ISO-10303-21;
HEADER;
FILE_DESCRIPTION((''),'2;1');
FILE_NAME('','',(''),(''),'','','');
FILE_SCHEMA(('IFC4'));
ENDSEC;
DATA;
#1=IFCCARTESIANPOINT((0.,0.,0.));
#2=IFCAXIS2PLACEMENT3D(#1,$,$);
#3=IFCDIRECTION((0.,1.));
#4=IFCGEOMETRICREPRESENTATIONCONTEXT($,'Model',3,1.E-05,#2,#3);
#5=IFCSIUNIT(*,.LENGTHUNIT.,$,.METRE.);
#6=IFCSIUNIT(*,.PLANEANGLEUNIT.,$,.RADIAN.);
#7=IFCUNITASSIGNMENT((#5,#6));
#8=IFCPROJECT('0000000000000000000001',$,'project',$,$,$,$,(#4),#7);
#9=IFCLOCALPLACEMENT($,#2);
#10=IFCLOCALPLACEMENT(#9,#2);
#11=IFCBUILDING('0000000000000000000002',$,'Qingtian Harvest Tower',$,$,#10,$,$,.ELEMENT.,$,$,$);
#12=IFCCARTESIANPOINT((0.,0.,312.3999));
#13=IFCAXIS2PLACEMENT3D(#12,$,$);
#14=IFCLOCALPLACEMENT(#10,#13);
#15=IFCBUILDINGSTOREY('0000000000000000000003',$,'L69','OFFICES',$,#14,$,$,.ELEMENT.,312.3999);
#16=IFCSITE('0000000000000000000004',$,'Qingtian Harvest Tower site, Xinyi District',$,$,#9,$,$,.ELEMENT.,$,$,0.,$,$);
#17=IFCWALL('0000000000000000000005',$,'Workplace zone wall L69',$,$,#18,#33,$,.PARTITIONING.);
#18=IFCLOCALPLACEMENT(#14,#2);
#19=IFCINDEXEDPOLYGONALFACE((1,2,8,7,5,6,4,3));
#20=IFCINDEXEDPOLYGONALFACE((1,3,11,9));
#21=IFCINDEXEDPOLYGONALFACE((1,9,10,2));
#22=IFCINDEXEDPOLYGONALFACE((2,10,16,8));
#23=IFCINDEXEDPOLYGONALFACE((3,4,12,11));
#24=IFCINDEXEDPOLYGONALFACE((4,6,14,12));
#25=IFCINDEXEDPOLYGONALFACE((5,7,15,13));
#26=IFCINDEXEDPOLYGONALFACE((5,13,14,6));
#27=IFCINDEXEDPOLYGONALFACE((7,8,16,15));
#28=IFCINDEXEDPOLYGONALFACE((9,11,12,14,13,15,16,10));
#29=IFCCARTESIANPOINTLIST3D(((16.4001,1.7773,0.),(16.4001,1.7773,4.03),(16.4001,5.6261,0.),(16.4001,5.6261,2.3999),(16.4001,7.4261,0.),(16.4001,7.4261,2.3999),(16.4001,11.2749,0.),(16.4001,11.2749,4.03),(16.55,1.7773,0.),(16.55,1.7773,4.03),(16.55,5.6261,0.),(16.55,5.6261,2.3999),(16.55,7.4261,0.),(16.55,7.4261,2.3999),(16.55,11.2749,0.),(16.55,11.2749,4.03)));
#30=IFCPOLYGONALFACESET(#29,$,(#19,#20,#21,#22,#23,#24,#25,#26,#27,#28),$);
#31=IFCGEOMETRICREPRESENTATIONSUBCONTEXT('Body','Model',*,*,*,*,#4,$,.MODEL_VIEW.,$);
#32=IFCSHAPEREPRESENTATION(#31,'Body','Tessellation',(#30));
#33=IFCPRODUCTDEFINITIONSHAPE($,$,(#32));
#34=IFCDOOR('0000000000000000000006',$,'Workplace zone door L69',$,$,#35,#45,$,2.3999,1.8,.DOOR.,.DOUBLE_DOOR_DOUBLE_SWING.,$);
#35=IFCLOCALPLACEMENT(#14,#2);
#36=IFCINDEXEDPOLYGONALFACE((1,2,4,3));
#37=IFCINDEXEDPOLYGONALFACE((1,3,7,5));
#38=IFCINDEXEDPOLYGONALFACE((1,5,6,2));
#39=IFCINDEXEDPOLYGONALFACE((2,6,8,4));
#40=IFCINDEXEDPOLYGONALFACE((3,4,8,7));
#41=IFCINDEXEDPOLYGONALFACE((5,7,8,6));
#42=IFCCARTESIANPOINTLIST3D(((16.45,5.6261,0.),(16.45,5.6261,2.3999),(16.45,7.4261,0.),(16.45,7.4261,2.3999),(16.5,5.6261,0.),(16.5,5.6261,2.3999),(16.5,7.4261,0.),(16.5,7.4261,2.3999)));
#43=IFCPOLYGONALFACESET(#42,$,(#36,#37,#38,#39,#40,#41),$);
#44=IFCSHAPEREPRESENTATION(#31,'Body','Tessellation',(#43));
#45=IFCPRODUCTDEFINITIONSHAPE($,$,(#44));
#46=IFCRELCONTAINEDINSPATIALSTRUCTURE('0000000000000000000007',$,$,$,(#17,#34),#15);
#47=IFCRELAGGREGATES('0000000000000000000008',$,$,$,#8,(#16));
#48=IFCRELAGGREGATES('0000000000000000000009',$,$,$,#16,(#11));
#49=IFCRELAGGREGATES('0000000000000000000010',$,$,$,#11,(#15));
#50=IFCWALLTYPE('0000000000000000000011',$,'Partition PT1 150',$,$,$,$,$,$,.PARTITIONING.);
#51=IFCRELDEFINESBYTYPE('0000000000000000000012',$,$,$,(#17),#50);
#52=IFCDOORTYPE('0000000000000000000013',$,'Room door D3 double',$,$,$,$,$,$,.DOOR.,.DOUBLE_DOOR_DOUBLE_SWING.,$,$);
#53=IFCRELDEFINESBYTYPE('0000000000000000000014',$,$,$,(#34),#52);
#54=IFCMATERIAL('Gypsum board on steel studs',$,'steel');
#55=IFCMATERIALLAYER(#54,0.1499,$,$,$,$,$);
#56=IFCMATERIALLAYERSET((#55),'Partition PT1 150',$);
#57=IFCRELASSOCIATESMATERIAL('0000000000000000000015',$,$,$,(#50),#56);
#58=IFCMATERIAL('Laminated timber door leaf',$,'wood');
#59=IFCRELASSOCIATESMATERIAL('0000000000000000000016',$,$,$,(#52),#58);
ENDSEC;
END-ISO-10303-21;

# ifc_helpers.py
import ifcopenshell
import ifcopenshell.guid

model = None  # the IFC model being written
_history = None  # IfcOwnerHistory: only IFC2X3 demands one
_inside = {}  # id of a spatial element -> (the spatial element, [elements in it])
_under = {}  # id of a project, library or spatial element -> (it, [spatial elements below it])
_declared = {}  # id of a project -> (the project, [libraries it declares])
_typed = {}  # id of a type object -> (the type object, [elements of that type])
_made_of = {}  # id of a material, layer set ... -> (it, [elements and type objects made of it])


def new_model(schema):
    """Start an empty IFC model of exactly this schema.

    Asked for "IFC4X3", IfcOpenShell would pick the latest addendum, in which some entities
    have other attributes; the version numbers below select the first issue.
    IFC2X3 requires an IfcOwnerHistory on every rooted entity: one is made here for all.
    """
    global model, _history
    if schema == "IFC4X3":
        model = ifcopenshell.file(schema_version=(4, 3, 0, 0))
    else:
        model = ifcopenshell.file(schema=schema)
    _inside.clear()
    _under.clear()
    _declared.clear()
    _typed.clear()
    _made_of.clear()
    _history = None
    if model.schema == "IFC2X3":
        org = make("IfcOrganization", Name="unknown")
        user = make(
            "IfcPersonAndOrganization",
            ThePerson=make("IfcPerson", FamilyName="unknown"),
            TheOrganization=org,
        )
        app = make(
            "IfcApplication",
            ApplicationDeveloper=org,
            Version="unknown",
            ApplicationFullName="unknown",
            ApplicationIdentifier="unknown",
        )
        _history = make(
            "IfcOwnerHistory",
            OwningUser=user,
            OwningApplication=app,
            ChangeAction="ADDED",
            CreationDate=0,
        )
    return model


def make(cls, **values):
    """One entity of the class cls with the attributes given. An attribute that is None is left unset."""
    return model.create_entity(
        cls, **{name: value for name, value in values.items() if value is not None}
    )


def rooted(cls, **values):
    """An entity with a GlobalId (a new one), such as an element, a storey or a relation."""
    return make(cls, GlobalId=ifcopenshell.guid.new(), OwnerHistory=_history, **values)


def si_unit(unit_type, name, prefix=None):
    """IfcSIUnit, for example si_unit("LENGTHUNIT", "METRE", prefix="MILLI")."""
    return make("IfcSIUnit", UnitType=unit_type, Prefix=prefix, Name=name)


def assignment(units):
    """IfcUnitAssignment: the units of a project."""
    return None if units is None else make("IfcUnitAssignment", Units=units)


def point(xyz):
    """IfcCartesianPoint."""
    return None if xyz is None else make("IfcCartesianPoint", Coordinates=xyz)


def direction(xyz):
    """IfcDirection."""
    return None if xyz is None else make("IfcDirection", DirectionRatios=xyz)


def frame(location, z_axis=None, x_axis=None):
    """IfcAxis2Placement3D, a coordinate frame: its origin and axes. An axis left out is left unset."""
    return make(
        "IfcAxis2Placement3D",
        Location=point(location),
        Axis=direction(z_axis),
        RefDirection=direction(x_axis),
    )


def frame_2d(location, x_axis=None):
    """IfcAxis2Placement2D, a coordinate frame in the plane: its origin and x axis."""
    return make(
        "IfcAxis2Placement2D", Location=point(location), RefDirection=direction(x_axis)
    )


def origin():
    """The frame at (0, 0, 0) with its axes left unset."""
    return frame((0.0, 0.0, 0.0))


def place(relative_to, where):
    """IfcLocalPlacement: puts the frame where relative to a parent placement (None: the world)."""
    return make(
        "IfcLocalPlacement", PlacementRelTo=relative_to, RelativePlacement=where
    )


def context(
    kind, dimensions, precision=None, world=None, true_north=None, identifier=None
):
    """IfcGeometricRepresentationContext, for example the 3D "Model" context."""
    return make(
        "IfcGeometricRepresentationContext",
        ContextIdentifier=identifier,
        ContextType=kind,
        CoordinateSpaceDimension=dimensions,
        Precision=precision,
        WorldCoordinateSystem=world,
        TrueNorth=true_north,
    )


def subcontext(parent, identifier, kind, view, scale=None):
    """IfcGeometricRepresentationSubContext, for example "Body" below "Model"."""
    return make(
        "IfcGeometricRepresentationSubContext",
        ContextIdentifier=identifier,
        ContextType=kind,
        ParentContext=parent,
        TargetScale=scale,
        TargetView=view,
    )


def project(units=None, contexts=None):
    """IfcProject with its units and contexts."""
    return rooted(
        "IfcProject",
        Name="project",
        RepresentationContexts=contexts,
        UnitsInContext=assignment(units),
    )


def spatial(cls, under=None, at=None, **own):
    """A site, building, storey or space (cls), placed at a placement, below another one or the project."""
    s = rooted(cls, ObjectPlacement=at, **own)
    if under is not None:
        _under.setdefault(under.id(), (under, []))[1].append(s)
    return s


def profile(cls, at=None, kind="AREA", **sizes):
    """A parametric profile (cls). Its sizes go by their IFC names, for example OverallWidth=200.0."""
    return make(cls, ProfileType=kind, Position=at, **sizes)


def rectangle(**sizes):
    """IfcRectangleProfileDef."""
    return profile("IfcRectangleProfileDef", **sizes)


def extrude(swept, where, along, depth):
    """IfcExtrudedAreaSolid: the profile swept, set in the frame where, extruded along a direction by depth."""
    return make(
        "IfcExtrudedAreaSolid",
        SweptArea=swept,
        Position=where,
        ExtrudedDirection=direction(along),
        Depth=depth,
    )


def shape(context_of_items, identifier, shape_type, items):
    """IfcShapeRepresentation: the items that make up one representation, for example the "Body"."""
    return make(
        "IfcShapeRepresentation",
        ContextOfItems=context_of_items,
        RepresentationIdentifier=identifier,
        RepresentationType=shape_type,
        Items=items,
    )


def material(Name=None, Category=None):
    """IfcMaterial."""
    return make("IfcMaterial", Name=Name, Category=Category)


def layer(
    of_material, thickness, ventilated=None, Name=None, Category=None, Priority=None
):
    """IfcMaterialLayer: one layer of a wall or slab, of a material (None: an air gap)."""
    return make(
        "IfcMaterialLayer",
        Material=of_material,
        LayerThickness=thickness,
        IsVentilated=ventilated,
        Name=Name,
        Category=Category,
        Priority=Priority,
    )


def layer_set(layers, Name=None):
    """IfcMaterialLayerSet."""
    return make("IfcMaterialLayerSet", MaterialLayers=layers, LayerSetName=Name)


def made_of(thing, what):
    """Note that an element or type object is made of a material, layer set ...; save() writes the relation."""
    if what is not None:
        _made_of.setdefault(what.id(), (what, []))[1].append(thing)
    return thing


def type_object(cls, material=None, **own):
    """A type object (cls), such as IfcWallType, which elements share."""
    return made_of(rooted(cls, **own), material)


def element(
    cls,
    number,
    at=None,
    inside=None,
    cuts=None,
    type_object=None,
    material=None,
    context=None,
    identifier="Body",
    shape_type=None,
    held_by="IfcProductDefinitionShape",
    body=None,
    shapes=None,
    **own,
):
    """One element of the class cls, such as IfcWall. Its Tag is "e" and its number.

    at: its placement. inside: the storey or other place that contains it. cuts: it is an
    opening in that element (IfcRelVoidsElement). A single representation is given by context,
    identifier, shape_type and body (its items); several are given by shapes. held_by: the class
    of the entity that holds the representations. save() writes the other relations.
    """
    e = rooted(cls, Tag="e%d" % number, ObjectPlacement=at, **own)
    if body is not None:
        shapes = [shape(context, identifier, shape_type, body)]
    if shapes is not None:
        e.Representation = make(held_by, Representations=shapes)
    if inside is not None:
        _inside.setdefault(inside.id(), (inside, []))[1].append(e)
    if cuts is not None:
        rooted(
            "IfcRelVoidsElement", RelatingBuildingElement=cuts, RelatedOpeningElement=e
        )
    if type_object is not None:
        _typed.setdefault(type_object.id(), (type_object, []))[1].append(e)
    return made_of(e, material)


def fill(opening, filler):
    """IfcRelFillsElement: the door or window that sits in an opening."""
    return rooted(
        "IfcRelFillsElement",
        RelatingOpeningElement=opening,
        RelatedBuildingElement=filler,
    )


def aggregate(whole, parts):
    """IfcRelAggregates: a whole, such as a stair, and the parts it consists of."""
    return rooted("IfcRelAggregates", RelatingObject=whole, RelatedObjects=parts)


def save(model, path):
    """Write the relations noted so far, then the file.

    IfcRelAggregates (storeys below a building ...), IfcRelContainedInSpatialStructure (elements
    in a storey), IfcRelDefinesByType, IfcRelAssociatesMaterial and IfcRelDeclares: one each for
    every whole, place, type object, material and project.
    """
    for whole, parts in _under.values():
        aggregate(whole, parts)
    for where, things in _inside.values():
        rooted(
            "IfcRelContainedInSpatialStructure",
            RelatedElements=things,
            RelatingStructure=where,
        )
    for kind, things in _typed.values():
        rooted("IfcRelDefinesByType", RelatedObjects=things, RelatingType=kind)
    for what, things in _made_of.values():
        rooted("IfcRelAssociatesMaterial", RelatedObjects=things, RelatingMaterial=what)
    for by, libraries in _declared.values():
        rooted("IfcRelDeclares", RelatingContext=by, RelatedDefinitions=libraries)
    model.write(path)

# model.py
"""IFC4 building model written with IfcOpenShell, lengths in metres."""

from ifc_helpers import new_model, si_unit, direction, frame, frame_2d, origin, place, context, subcontext, project, spatial, rectangle, extrude, material, layer, layer_set, type_object, element, fill, save


model = new_model("IFC4")

# Units and contexts
model_context = context("Model", 3, precision=1e-05, world=origin(), true_north=direction((0.0, 1.0)))
body_context = subcontext(model_context, "Body", "Model", "MODEL_VIEW")
ifc_project = project(units=[si_unit("LENGTHUNIT", "METRE"), si_unit("PLANEANGLEUNIT", "RADIAN")], contexts=[model_context])

# Site, building, storey
site_placement = place(None, origin())
site = spatial("IfcSite", under=ifc_project, at=site_placement, Name="Qingtian Harvest Tower site, Xinyi District", CompositionType="ELEMENT", RefElevation=0.0)
building_placement = place(site_placement, origin())
building = spatial("IfcBuilding", under=site, at=building_placement, Name="Qingtian Harvest Tower", CompositionType="ELEMENT")
storey_placement = place(building_placement, frame((0.0, 0.0, 312.3999)))
storey = spatial("IfcBuildingStorey", under=building, at=storey_placement, Name="L69", Description="OFFICES", CompositionType="ELEMENT", Elevation=312.3999)

# Shared definitions
ifc_material_1 = material(Name="Gypsum board on steel studs", Category="steel")
ifc_layer_1 = layer(ifc_material_1, 0.1499)
ifc_layer_set_1 = layer_set([ifc_layer_1], Name="Partition PT1 150")
wall_type = type_object("IfcWallType", Name="Partition PT1 150", PredefinedType="PARTITIONING", material=ifc_layer_set_1)

# Wall, opening, door
wall_1_placement = place(storey_placement, frame((16.4751, 11.2749, 0.0), z_axis=(0.0, 0.0, 1.0), x_axis=(0.0, -1.0, 0.0)))
wall_1 = element("IfcWall", 1, at=wall_1_placement, inside=storey, type_object=wall_type, Name="Workplace zone wall L69", PredefinedType="PARTITIONING", context=body_context, shape_type="SweptSolid", body=[
    extrude(rectangle(XDim=9.4976, YDim=0.1499, at=frame_2d((4.7488, 0.0))), origin(), (0.0, 0.0, 1.0), 4.03),
])
opening_placement = place(wall_1_placement, frame((3.8489, 0.0, 0.0)))
opening = element("IfcOpeningElement", 2, at=opening_placement, cuts=wall_1, PredefinedType="OPENING", context=body_context, shape_type="SweptSolid", body=[
    extrude(rectangle(XDim=1.8, YDim=2.3999, at=frame_2d((0.8999, 1.2))), frame((0.0, 0.085, 0.0), z_axis=(0.0, -1.0, 0.0), x_axis=(1.0, 0.0, 0.0)), (0.0, 0.0, 1.0), 0.1699),
])
ifc_material_2 = material(Name="Laminated timber door leaf", Category="wood")
door_type = type_object("IfcDoorType", Name="Room door D3 double", OperationType="DOUBLE_DOOR_DOUBLE_SWING", PredefinedType="DOOR", material=ifc_material_2)
door_placement = place(opening_placement, origin())
door = element("IfcDoor", 3, at=door_placement, inside=storey, type_object=door_type, Name="Workplace zone door L69", OperationType="DOUBLE_DOOR_DOUBLE_SWING", OverallHeight=2.3999, OverallWidth=1.8, PredefinedType="DOOR", context=body_context, shape_type="SweptSolid", body=[
    extrude(rectangle(XDim=1.8, YDim=2.3999, at=frame_2d((0.8999, 1.2))), frame((0.0, 0.0249, 0.0), z_axis=(0.0, -1.0, 0.0), x_axis=(1.0, 0.0, 0.0)), (0.0, 0.0, 1.0), 0.05),
])
fill(opening, door)

save(model, "model.ifc")
